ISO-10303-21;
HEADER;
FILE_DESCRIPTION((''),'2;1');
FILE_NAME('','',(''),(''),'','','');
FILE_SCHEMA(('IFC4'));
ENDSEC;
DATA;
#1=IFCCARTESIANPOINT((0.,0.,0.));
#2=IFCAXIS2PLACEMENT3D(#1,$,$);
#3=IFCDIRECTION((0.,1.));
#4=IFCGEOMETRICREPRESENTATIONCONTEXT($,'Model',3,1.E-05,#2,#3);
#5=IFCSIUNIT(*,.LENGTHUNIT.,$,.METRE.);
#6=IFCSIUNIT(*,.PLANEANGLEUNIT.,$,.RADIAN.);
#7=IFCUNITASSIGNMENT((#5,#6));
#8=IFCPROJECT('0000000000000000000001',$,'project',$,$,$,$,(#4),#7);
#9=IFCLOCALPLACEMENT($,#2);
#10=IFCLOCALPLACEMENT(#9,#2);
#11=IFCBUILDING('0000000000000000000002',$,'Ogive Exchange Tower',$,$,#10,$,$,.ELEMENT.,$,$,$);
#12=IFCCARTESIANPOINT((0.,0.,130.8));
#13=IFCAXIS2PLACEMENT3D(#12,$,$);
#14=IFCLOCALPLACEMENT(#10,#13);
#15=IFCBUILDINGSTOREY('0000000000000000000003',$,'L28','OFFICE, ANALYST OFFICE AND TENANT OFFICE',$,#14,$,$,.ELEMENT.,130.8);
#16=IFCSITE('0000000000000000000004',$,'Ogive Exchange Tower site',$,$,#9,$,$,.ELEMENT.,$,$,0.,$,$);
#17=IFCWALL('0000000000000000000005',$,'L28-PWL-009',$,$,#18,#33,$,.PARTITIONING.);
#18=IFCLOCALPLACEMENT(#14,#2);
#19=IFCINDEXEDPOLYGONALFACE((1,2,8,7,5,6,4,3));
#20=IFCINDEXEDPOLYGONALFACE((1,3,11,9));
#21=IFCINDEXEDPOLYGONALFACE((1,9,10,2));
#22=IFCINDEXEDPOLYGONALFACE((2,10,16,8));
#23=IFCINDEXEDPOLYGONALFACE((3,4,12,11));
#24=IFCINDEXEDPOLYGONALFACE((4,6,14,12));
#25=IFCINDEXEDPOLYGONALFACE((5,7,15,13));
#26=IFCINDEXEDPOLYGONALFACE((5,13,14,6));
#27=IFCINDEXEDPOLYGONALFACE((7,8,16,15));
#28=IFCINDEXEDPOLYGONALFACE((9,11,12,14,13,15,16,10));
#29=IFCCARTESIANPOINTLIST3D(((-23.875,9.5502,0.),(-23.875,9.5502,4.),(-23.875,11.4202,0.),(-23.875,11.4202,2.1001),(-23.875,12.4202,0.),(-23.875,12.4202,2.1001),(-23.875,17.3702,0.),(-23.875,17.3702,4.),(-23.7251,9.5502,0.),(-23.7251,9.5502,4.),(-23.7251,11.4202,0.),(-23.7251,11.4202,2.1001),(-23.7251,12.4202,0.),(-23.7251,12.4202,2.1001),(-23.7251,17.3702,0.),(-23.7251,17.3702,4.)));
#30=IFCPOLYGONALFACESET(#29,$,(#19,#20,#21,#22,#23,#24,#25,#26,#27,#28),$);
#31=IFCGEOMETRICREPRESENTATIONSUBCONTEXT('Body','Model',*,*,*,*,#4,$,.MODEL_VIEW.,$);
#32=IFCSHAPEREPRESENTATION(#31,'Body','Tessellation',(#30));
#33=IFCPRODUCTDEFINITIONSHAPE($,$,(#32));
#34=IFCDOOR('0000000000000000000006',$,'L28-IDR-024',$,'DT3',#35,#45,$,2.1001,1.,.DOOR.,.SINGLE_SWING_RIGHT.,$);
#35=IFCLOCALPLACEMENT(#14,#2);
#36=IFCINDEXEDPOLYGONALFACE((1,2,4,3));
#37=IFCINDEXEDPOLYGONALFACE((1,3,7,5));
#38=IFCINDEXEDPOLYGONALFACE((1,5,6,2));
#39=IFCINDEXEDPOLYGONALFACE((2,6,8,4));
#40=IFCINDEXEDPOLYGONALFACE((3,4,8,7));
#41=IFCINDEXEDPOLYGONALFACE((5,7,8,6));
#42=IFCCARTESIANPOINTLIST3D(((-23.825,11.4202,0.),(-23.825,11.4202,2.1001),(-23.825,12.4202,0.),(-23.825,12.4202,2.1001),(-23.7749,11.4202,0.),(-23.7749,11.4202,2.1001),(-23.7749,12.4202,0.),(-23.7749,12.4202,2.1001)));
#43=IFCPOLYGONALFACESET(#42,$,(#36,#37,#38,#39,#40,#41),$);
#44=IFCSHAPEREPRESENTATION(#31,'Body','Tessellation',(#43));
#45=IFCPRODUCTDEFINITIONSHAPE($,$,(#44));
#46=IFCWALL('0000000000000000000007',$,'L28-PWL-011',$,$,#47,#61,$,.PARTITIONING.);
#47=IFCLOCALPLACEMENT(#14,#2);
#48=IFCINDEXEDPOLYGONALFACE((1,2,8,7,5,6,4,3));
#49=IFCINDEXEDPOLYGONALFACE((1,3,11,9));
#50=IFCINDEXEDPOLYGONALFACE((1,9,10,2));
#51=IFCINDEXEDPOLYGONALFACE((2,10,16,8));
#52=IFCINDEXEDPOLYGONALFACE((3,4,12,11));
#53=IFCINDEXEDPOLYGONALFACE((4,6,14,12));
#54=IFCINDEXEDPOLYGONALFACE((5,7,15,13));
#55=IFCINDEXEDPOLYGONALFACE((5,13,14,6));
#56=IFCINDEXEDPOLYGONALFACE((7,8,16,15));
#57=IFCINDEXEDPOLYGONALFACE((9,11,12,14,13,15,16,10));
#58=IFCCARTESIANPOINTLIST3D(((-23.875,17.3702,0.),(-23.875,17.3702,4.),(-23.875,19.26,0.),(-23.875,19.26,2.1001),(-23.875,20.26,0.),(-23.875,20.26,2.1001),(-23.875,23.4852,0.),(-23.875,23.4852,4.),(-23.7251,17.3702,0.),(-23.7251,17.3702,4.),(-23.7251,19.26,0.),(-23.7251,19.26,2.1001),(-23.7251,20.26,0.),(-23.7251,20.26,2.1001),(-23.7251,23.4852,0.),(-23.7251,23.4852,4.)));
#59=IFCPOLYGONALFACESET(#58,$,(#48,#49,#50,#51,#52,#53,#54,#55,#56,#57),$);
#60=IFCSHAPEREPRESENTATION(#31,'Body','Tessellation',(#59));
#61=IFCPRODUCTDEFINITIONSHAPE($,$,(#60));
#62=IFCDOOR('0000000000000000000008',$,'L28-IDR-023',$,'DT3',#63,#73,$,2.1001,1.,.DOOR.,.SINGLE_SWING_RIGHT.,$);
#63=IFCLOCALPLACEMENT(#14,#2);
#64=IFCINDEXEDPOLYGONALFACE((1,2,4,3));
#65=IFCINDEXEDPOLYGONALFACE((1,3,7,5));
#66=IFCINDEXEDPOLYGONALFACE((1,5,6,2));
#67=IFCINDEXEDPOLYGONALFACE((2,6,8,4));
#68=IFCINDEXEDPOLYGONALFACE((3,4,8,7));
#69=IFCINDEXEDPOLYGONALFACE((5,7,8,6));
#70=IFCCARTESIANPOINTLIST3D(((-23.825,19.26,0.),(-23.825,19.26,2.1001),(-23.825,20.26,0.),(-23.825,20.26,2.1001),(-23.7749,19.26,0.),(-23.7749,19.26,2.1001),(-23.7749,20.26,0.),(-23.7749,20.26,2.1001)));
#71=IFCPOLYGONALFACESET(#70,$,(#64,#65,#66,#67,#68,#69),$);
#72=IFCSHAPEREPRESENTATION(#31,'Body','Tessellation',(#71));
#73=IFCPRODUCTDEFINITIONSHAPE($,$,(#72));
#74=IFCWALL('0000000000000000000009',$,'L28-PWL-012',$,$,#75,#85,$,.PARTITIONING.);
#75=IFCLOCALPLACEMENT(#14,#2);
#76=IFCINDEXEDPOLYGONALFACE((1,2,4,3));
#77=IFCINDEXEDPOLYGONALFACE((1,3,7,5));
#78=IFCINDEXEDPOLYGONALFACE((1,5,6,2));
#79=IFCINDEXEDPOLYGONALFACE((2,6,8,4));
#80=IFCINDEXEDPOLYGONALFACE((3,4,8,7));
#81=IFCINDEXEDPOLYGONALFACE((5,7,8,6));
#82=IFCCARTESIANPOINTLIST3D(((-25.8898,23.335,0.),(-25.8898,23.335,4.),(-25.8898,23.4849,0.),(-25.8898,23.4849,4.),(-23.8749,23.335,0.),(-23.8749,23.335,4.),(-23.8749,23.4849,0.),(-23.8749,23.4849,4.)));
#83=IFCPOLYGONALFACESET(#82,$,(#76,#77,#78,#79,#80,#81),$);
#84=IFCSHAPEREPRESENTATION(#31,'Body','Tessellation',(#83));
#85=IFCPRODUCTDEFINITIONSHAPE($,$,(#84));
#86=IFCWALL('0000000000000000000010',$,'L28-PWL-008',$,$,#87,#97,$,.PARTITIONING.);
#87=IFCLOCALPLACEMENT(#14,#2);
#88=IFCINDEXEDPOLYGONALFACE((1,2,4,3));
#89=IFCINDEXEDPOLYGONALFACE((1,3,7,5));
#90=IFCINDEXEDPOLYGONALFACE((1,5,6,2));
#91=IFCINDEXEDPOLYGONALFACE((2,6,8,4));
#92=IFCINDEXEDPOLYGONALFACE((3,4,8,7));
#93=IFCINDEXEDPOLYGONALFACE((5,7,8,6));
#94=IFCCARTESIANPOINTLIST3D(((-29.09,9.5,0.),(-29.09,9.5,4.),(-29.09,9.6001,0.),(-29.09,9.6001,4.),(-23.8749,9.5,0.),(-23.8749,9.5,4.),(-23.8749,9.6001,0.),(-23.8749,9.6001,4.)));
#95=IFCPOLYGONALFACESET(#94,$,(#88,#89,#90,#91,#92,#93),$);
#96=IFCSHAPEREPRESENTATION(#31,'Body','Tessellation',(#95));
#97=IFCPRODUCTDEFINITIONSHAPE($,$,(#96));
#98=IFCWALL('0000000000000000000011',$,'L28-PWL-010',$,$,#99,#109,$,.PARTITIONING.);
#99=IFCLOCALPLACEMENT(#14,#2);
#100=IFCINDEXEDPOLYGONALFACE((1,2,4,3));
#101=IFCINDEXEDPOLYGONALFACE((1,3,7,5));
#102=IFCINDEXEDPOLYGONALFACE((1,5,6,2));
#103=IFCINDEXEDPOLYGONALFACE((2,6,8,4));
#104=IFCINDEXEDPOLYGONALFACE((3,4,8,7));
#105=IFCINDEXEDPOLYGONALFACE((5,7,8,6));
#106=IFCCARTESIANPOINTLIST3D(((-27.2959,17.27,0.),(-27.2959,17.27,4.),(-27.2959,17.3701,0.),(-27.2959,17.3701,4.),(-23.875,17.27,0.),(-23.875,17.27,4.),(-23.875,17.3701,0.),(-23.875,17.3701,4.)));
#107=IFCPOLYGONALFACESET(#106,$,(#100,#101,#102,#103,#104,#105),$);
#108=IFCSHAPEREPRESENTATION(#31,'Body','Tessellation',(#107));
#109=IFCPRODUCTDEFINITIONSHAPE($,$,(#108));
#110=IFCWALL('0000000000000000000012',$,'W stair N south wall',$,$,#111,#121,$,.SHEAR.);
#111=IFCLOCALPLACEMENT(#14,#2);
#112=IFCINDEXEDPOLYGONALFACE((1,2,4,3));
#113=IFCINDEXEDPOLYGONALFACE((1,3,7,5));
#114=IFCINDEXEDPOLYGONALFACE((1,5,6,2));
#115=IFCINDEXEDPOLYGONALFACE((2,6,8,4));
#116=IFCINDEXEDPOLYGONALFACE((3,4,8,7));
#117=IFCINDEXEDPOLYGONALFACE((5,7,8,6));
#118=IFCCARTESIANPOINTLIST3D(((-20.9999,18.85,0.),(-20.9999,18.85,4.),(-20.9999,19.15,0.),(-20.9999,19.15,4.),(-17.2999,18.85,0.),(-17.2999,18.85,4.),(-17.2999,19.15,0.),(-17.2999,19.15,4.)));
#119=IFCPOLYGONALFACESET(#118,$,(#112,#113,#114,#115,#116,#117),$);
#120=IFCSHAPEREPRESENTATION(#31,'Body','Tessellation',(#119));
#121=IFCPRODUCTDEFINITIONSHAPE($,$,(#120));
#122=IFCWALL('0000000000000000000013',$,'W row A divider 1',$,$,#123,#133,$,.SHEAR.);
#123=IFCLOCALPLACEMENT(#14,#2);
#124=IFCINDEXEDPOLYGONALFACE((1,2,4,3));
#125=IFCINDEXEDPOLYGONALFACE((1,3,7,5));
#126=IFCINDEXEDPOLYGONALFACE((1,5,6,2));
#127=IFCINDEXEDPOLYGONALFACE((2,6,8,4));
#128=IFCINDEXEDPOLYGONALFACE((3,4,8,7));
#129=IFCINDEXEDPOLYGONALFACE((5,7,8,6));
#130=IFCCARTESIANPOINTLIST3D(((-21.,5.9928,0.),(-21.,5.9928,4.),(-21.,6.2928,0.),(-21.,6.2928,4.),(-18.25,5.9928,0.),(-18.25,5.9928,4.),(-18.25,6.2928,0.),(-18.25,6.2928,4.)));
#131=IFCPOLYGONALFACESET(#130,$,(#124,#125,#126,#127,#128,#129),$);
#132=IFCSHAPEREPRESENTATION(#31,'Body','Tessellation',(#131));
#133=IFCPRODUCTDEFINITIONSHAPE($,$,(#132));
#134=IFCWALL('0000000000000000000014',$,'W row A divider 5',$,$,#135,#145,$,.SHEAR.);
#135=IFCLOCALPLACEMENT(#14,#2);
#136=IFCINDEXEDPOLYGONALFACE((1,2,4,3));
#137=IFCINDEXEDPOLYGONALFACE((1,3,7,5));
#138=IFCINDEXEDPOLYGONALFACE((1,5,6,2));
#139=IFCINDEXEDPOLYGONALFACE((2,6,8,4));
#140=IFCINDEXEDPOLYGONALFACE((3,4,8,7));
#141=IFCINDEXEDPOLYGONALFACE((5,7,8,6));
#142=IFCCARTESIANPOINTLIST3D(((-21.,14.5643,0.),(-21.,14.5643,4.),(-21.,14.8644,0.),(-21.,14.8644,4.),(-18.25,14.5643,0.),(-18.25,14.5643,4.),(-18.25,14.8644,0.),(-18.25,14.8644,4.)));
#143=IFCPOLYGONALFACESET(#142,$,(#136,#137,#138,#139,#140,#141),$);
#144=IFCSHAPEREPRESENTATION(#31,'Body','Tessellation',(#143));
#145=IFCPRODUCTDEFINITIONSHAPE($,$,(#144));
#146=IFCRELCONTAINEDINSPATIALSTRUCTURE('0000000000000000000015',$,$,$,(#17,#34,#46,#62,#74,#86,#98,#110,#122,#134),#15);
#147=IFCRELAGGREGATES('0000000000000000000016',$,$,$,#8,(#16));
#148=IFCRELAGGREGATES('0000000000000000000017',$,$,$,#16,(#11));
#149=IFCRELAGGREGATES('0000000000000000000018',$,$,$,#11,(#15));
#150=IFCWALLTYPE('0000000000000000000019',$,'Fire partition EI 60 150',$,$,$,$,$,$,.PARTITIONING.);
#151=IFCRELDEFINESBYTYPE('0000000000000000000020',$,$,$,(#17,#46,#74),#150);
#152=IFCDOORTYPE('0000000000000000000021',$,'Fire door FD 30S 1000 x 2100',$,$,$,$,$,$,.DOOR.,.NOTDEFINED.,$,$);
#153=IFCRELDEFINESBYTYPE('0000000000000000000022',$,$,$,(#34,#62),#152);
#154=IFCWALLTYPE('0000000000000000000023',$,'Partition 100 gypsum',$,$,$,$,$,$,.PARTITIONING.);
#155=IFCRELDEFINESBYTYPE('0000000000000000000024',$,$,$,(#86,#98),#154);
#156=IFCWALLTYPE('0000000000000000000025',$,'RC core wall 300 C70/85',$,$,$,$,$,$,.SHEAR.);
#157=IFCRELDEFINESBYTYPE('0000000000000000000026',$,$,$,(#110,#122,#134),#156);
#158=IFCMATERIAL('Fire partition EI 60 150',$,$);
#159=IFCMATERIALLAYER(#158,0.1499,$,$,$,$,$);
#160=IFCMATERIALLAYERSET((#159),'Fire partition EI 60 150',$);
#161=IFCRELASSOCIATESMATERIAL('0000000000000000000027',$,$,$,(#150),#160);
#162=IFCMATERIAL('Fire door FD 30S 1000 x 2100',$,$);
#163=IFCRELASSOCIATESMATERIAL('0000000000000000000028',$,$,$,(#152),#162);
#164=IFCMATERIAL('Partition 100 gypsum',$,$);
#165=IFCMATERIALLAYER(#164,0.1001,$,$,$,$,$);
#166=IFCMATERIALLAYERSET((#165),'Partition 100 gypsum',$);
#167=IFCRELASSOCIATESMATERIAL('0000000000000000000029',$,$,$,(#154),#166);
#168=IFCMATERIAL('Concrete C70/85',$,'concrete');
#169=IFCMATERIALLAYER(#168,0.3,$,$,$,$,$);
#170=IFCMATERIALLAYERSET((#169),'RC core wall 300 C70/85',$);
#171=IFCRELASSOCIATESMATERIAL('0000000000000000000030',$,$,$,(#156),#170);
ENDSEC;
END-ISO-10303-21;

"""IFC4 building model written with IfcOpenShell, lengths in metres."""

from ifc_helpers import new_model, si_unit, direction, frame, frame_2d, origin, place, context, subcontext, project, spatial, rectangle, extrude, material, layer, layer_set, type_object, element, fill, save


model = new_model("IFC4")

# Units and contexts
model_context = context("Model", 3, precision=1e-05, world=origin(), true_north=direction((0.0, 1.0)))
body_context = subcontext(model_context, "Body", "Model", "MODEL_VIEW")
ifc_project = project(units=[si_unit("LENGTHUNIT", "METRE"), si_unit("PLANEANGLEUNIT", "RADIAN")], contexts=[model_context])

# Site, building, storey
site_placement = place(None, origin())
site = spatial("IfcSite", under=ifc_project, at=site_placement, Name="Ogive Exchange Tower site", CompositionType="ELEMENT", RefElevation=0.0)
building_placement = place(site_placement, origin())
building = spatial("IfcBuilding", under=site, at=building_placement, Name="Ogive Exchange Tower", CompositionType="ELEMENT")
storey_placement = place(building_placement, frame((0.0, 0.0, 130.8)))
storey = spatial("IfcBuildingStorey", under=building, at=storey_placement, Name="L28", Description="OFFICE, ANALYST OFFICE AND TENANT OFFICE", CompositionType="ELEMENT", Elevation=130.8)

# Walls, openings, doors
ifc_material_1 = material(Name="Fire partition EI 60 150")
ifc_layer_1 = layer(ifc_material_1, 0.1499)
ifc_layer_set_1 = layer_set([ifc_layer_1], Name="Fire partition EI 60 150")
wall_type_1 = type_object("IfcWallType", Name="Fire partition EI 60 150", PredefinedType="PARTITIONING", material=ifc_layer_set_1)
wall_1_placement = place(storey_placement, frame((-23.8, 9.55, 0.0), z_axis=(0.0, 0.0, 1.0), x_axis=(0.0, 1.0, 0.0)))
wall_1 = element("IfcWall", 1, at=wall_1_placement, inside=storey, type_object=wall_type_1, Name="L28-PWL-009", PredefinedType="PARTITIONING", context=body_context, shape_type="SweptSolid", body=[
    extrude(rectangle(XDim=7.8201, YDim=0.1499, at=frame_2d((3.9102, 0.0))), origin(), (0.0, 0.0, 1.0), 4.0),
])
opening_1_placement = place(wall_1_placement, frame((1.8701, 0.0, 0.0)))
opening_1 = element("IfcOpeningElement", 2, at=opening_1_placement, cuts=wall_1, PredefinedType="OPENING", context=body_context, shape_type="SweptSolid", body=[
    extrude(rectangle(XDim=1.0, YDim=2.1001, at=frame_2d((0.5, 1.05))), frame((0.0, 0.085, 0.0), z_axis=(0.0, -1.0, 0.0), x_axis=(1.0, 0.0, 0.0)), (0.0, 0.0, 1.0), 0.1699),
])
ifc_material_2 = material(Name="Fire door FD 30S 1000 x 2100")
door_type = type_object("IfcDoorType", Name="Fire door FD 30S 1000 x 2100", OperationType="NOTDEFINED", PredefinedType="DOOR", material=ifc_material_2)
door_1_placement = place(opening_1_placement, origin())
door_1 = element("IfcDoor", 3, at=door_1_placement, inside=storey, type_object=door_type, Name="L28-IDR-024", ObjectType="DT3", OperationType="SINGLE_SWING_RIGHT", OverallHeight=2.1001, OverallWidth=1.0, PredefinedType="DOOR", context=body_context, shape_type="SweptSolid", body=[
    extrude(rectangle(XDim=1.0, YDim=2.1001, at=frame_2d((0.5, 1.05))), frame((0.0, 0.0249, 0.0), z_axis=(0.0, -1.0, 0.0), x_axis=(1.0, 0.0, 0.0)), (0.0, 0.0, 1.0), 0.05),
])
fill(opening_1, door_1)
wall_2_placement = place(storey_placement, frame((-23.8, 17.3701, 0.0), z_axis=(0.0, 0.0, 1.0), x_axis=(0.0, 1.0, 0.0)))
wall_2 = element("IfcWall", 4, at=wall_2_placement, inside=storey, type_object=wall_type_1, Name="L28-PWL-011", PredefinedType="PARTITIONING", context=body_context, shape_type="SweptSolid", body=[
    extrude(rectangle(XDim=6.115, YDim=0.1499, at=frame_2d((3.0576, 0.0))), origin(), (0.0, 0.0, 1.0), 4.0),
])
opening_2_placement = place(wall_2_placement, frame((1.8899, 0.0, 0.0)))
opening_2 = element("IfcOpeningElement", 5, at=opening_2_placement, cuts=wall_2, PredefinedType="OPENING", context=body_context, shape_type="SweptSolid", body=[
    extrude(rectangle(XDim=1.0, YDim=2.1001, at=frame_2d((0.5, 1.05))), frame((0.0, 0.085, 0.0), z_axis=(0.0, -1.0, 0.0), x_axis=(1.0, 0.0, 0.0)), (0.0, 0.0, 1.0), 0.1699),
])
door_2_placement = place(opening_2_placement, origin())
door_2 = element("IfcDoor", 6, at=door_2_placement, inside=storey, type_object=door_type, Name="L28-IDR-023", ObjectType="DT3", OperationType="SINGLE_SWING_RIGHT", OverallHeight=2.1001, OverallWidth=1.0, PredefinedType="DOOR", context=body_context, shape_type="SweptSolid", body=[
    extrude(rectangle(XDim=1.0, YDim=2.1001, at=frame_2d((0.5, 1.05))), frame((0.0, 0.0249, 0.0), z_axis=(0.0, -1.0, 0.0), x_axis=(1.0, 0.0, 0.0)), (0.0, 0.0, 1.0), 0.05),
])
fill(opening_2, door_2)

# Walls
wall_3_placement = place(storey_placement, frame((-23.875, 23.4099, 0.0), z_axis=(0.0, 0.0, 1.0), x_axis=(-1.0, 0.0, 0.0)))
element("IfcWall", 7, at=wall_3_placement, inside=storey, type_object=wall_type_1, Name="L28-PWL-012", PredefinedType="PARTITIONING", context=body_context, shape_type="SweptSolid", body=[
    extrude(rectangle(XDim=2.0149, YDim=0.1499, at=frame_2d((1.0073, 0.0))), origin(), (0.0, 0.0, 1.0), 4.0),
])
ifc_material_3 = material(Name="Partition 100 gypsum")
ifc_layer_2 = layer(ifc_material_3, 0.1001)
ifc_layer_set_2 = layer_set([ifc_layer_2], Name="Partition 100 gypsum")
wall_type_2 = type_object("IfcWallType", Name="Partition 100 gypsum", PredefinedType="PARTITIONING", material=ifc_layer_set_2)
wall_4_placement = place(storey_placement, frame((-23.875, 9.55, 0.0), z_axis=(0.0, 0.0, 1.0), x_axis=(-1.0, 0.0, 0.0)))
element("IfcWall", 8, at=wall_4_placement, inside=storey, type_object=wall_type_2, Name="L28-PWL-008", PredefinedType="PARTITIONING", context=body_context, shape_type="SweptSolid", body=[
    extrude(rectangle(XDim=5.2151, YDim=0.1001, at=frame_2d((2.6074, 0.0))), origin(), (0.0, 0.0, 1.0), 4.0),
])
wall_5_placement = place(storey_placement, frame((-23.875, 17.3201, 0.0), z_axis=(0.0, 0.0, 1.0), x_axis=(-1.0, 0.0, 0.0)))
element("IfcWall", 9, at=wall_5_placement, inside=storey, type_object=wall_type_2, Name="L28-PWL-010", PredefinedType="PARTITIONING", context=body_context, shape_type="SweptSolid", body=[
    extrude(rectangle(XDim=3.4209, YDim=0.1001, at=frame_2d((1.7104, 0.0))), origin(), (0.0, 0.0, 1.0), 4.0),
])
ifc_material_4 = material(Name="Concrete C70/85", Category="concrete")
ifc_layer_3 = layer(ifc_material_4, 0.3)
ifc_layer_set_3 = layer_set([ifc_layer_3], Name="RC core wall 300 C70/85")
wall_type_3 = type_object("IfcWallType", Name="RC core wall 300 C70/85", PredefinedType="SHEAR", material=ifc_layer_set_3)
wall_6_placement = place(storey_placement, frame((-21.0, 19.0, 0.0), z_axis=(0.0, 0.0, 1.0), x_axis=(1.0, 0.0, 0.0)))
element("IfcWall", 10, at=wall_6_placement, inside=storey, type_object=wall_type_3, Name="W stair N south wall", PredefinedType="SHEAR", context=body_context, shape_type="SweptSolid", body=[
    extrude(rectangle(XDim=3.7, YDim=0.3, at=frame_2d((1.8501, 0.0))), origin(), (0.0, 0.0, 1.0), 4.0),
])
for number, where, z_axis, x_axis, name in (
    (11, (-21.0, 6.1428, 0.0), (0.0, 0.0, 1.0), (1.0, 0.0, 0.0), "W row A divider 1"),
    (12, (-21.0, 14.7144, 0.0), (0.0, 0.0, 1.0), (1.0, 0.0, 0.0), "W row A divider 5"),
):
    element("IfcWall", number, at=place(storey_placement, frame(where, z_axis=z_axis, x_axis=x_axis)), inside=storey, type_object=wall_type_3, Name=name, PredefinedType="SHEAR", context=body_context, shape_type="SweptSolid", body=[
        extrude(rectangle(XDim=2.75, YDim=0.3, at=frame_2d((1.375, 0.0))), origin(), (0.0, 0.0, 1.0), 4.0),
    ])

save(model, "model.ifc")
